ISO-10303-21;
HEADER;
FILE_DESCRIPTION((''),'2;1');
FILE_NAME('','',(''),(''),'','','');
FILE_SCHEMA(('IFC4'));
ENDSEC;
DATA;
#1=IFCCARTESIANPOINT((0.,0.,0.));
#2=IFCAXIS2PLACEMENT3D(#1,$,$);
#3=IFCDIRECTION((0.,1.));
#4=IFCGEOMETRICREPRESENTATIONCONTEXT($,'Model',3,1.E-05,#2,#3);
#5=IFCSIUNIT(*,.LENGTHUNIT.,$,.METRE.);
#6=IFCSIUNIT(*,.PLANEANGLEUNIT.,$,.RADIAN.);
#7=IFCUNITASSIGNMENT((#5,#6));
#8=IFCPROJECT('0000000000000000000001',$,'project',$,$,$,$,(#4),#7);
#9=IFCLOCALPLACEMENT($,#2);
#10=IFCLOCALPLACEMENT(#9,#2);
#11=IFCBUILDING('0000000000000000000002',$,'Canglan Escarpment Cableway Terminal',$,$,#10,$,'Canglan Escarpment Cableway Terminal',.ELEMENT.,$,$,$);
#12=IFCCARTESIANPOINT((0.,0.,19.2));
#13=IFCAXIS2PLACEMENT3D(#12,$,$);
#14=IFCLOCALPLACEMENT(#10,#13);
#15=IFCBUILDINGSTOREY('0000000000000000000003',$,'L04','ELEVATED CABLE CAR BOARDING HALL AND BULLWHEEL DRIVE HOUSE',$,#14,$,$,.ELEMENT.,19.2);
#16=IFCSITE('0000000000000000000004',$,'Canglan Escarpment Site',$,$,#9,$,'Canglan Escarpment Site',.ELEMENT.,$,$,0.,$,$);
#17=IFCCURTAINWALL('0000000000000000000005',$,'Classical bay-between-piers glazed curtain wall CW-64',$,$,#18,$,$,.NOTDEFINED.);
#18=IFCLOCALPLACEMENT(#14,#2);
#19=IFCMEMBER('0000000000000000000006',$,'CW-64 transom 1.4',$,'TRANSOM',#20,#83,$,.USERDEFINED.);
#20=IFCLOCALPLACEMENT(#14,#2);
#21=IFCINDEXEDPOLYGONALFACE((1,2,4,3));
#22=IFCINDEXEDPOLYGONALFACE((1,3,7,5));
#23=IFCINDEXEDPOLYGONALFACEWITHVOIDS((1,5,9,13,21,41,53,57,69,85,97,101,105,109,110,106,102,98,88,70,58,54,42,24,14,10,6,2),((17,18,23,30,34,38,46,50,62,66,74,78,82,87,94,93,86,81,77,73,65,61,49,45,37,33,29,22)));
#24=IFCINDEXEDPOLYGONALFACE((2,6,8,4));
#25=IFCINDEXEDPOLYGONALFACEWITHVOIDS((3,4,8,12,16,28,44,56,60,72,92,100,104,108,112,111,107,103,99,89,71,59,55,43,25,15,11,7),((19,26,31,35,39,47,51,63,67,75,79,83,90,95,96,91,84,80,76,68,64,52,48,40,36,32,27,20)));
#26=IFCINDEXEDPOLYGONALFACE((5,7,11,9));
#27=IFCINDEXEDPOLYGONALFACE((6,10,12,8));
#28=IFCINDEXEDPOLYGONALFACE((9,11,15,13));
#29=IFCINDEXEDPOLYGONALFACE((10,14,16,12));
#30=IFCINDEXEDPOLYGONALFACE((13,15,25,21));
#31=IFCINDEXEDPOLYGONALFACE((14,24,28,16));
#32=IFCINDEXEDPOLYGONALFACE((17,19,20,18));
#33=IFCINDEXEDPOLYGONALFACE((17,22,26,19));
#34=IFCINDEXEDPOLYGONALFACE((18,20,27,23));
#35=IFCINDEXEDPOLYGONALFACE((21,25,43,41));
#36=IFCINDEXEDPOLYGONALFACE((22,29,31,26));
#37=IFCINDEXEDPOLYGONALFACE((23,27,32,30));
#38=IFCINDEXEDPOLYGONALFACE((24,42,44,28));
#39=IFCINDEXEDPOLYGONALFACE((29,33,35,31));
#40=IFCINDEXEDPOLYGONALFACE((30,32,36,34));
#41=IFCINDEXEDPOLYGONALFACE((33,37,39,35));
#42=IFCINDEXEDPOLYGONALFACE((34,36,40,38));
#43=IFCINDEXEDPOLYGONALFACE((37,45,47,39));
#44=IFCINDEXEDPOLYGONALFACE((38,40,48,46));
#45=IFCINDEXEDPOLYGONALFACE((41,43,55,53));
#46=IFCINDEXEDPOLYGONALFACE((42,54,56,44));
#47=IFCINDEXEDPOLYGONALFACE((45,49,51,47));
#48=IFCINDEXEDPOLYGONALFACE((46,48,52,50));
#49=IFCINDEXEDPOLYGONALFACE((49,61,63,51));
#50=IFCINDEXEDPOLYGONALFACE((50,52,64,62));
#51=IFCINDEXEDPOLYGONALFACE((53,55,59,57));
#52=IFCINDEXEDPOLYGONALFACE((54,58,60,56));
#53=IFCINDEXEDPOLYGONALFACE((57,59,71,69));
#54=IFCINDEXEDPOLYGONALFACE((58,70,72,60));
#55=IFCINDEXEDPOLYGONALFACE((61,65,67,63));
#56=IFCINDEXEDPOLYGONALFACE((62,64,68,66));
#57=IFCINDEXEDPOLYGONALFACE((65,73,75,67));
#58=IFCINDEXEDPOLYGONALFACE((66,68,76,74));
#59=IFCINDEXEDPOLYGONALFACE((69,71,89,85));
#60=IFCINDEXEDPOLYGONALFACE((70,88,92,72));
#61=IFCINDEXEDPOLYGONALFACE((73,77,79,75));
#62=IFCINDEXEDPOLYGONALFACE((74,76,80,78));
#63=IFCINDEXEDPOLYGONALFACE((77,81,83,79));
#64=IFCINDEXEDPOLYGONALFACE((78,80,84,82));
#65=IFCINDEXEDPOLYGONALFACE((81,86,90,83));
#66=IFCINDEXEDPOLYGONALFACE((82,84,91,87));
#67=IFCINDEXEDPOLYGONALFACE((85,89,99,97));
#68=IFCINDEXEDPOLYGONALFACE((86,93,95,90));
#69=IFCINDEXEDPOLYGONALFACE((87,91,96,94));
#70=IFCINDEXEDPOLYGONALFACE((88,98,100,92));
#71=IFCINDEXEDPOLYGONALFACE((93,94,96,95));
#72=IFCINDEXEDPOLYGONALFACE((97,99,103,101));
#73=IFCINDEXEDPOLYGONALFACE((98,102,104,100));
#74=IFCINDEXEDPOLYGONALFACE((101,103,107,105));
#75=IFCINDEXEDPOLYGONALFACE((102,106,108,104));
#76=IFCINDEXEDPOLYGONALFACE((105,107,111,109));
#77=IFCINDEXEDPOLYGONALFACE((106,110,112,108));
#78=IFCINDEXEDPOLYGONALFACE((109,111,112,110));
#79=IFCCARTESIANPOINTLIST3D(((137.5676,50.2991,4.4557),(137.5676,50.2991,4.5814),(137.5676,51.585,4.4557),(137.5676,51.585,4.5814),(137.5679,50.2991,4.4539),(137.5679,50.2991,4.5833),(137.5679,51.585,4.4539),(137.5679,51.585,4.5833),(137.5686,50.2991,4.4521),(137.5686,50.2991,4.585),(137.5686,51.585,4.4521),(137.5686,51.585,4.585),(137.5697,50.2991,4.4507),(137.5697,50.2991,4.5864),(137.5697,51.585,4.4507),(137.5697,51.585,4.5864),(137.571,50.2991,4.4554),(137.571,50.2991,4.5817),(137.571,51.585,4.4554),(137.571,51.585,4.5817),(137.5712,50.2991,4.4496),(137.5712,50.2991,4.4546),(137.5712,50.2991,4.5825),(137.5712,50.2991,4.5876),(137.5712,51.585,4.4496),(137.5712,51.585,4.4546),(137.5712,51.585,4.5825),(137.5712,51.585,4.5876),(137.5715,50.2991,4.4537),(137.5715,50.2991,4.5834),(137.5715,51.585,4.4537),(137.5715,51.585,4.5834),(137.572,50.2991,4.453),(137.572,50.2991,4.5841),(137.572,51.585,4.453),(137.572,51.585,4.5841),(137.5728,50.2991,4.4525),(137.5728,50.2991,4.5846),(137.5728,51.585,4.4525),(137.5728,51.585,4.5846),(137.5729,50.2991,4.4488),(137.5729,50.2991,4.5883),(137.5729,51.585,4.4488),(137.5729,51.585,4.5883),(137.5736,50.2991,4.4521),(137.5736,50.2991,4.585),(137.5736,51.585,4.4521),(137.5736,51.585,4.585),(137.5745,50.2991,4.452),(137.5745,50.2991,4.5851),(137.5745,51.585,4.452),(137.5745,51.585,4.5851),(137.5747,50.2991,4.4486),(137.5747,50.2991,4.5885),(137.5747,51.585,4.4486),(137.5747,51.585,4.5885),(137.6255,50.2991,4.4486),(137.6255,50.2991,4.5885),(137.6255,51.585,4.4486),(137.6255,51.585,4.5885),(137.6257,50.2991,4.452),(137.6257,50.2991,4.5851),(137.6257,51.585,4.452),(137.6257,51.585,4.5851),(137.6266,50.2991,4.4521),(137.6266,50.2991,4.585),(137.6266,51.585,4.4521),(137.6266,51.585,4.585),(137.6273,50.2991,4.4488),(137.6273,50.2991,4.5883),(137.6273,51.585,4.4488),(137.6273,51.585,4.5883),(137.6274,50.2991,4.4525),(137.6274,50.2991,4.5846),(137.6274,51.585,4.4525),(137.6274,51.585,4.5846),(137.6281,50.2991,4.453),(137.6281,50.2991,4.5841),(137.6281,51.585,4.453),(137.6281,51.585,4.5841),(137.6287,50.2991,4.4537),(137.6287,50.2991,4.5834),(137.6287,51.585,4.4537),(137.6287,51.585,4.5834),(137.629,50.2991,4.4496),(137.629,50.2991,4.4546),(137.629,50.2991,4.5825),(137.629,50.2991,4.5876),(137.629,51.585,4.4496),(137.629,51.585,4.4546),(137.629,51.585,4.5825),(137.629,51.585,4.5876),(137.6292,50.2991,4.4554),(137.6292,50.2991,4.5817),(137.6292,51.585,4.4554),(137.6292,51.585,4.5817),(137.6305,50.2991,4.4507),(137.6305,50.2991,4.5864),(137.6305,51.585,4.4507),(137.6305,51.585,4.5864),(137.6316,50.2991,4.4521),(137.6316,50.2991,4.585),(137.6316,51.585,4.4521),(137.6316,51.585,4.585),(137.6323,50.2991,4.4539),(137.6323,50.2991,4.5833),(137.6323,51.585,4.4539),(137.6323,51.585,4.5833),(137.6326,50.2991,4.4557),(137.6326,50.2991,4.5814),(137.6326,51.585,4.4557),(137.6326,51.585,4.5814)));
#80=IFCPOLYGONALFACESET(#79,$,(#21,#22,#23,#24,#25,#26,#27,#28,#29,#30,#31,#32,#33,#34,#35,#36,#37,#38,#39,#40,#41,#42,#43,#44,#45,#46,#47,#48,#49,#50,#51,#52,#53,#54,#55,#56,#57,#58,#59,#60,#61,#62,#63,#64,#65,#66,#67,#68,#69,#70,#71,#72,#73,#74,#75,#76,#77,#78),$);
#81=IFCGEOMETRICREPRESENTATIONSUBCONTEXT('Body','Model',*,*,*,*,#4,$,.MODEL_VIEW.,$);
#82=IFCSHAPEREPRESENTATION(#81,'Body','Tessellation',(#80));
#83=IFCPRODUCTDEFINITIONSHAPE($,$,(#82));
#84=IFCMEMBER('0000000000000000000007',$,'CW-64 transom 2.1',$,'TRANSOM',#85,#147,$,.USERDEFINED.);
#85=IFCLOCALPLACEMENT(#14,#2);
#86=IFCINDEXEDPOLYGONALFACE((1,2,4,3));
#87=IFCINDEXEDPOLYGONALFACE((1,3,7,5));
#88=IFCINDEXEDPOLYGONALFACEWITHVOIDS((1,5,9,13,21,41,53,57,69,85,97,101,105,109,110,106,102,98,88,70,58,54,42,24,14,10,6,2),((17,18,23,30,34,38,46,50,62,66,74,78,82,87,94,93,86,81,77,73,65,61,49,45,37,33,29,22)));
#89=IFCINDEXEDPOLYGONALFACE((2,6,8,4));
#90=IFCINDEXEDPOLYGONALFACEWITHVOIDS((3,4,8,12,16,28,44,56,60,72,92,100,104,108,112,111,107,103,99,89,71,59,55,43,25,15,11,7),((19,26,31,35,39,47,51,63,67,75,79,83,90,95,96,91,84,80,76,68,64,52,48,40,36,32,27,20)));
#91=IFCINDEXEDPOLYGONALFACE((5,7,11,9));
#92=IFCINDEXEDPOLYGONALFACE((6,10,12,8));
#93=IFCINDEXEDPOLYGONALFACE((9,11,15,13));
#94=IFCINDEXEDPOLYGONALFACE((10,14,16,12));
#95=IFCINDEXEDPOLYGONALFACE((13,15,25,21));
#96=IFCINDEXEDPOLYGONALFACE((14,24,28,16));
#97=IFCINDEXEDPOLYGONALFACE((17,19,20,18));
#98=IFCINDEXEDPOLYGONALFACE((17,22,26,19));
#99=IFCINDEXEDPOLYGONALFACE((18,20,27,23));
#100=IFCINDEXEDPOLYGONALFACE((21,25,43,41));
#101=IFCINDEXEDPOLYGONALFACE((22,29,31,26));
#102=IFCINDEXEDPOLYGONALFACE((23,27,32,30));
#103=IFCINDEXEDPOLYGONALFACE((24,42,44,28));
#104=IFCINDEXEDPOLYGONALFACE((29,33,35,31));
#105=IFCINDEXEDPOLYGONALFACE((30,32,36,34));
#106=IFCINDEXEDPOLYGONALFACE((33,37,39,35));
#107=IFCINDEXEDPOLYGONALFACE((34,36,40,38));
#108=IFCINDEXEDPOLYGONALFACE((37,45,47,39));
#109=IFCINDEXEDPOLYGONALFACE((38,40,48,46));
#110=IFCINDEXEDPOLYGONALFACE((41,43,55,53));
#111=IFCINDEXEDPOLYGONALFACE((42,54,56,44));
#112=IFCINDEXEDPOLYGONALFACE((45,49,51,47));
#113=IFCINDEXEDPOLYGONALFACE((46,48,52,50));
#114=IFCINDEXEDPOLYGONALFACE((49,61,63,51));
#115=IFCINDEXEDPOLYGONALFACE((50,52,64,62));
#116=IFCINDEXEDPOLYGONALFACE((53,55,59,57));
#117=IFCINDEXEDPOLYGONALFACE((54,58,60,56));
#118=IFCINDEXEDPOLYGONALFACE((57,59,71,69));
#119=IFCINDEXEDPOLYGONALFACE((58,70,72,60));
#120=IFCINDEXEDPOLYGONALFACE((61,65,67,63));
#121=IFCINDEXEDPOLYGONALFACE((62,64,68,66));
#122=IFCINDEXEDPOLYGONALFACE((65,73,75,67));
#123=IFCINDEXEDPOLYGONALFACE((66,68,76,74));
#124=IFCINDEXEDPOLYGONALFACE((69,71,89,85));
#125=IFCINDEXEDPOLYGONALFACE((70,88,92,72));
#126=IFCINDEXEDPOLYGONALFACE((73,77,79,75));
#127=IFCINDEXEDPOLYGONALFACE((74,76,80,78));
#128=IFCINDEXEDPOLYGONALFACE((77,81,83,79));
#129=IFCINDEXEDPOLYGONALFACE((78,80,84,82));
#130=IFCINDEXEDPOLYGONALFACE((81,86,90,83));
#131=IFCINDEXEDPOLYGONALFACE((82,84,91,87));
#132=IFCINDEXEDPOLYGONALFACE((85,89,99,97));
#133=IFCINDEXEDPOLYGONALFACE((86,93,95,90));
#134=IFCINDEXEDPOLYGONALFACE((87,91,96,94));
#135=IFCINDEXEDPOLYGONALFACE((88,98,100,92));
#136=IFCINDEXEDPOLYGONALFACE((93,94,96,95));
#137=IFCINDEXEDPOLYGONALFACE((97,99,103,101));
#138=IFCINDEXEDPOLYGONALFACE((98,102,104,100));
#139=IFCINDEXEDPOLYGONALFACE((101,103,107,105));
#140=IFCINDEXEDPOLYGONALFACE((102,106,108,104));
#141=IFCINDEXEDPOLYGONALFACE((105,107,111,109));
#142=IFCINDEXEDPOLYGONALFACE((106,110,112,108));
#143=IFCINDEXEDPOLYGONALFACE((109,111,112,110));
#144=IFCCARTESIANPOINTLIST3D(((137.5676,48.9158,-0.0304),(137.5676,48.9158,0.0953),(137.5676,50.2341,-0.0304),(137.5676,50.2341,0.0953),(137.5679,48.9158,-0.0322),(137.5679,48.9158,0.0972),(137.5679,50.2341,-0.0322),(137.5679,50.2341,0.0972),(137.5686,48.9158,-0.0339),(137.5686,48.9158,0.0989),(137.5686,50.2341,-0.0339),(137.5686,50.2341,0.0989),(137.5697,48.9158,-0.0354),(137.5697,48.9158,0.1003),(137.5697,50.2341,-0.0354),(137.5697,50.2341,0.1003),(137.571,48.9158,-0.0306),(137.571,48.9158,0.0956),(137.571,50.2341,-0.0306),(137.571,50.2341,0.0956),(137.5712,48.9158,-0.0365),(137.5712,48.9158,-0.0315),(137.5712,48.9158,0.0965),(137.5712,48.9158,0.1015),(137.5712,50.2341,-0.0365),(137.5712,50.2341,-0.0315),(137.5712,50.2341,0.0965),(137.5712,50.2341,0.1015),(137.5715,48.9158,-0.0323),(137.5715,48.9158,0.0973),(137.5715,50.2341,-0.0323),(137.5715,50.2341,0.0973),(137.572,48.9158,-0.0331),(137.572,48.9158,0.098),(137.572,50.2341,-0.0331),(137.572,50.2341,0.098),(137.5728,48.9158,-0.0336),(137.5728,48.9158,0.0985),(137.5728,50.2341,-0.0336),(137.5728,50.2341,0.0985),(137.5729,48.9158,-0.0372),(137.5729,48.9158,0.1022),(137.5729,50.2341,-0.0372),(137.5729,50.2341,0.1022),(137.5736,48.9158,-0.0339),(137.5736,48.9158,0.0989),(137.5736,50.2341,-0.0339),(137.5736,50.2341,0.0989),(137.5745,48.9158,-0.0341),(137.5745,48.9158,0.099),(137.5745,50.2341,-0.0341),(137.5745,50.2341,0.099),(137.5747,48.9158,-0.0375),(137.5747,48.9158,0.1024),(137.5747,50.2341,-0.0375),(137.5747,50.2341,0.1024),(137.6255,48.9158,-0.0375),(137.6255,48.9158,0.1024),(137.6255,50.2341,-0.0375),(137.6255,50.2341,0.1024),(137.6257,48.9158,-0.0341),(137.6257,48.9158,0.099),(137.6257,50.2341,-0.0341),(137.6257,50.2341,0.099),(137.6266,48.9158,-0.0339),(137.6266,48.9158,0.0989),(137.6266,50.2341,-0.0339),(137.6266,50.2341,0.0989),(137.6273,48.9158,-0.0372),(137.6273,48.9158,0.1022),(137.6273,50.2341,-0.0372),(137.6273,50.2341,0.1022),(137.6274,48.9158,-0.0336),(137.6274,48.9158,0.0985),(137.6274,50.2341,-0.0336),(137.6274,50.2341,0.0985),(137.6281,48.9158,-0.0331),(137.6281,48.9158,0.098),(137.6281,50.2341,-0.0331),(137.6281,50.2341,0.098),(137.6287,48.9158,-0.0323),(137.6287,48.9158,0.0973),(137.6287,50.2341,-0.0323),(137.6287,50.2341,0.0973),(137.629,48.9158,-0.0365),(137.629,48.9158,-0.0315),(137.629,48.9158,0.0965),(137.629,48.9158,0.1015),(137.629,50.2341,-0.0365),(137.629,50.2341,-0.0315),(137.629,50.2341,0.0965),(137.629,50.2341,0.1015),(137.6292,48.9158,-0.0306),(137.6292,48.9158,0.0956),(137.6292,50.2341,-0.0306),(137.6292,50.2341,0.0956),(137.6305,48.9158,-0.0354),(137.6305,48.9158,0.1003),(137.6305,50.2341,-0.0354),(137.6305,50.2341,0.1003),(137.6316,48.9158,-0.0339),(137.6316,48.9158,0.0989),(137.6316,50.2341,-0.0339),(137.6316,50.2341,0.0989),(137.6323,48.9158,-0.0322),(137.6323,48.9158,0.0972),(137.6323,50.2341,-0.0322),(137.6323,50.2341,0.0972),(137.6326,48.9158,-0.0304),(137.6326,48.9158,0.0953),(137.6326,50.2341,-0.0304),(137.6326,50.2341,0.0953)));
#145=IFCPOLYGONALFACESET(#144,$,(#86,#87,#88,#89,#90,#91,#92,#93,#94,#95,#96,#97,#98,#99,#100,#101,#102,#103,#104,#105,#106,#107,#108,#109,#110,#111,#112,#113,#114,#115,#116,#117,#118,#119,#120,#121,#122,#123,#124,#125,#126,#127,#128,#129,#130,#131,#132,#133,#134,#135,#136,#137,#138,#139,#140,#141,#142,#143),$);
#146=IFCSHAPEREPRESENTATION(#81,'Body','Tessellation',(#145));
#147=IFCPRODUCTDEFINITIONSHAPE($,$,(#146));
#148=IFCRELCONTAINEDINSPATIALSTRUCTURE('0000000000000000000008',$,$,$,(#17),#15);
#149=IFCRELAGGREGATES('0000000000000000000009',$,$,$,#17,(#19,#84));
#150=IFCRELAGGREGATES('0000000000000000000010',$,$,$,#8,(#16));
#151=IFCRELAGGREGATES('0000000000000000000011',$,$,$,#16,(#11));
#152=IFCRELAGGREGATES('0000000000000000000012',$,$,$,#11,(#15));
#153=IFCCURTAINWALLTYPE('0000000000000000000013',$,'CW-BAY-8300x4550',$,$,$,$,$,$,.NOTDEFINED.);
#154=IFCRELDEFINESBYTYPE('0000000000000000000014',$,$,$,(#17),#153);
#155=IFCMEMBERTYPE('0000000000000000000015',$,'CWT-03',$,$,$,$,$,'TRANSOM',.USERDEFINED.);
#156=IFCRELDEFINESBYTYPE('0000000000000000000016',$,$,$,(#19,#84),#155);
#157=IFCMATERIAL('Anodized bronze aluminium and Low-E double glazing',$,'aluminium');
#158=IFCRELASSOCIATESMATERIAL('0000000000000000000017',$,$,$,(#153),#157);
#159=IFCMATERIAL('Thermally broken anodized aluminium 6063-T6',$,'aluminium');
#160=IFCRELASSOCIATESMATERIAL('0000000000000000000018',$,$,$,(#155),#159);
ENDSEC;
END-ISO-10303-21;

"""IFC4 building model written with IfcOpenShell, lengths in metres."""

from ifc_helpers import new_model, si_unit, direction, frame, origin, origin_2d, place, context, subcontext, project, spatial, hollow_rectangle, extrude, material, material_profile, profile_set, type_object, element, aggregate, save


model = new_model("IFC4")

# Units and contexts
model_context = context("Model", 3, precision=1e-05, world=origin(), true_north=direction((0.0, 1.0)))
body_context = subcontext(model_context, "Body", "Model", "MODEL_VIEW")
ifc_project = project(units=[si_unit("LENGTHUNIT", "METRE"), si_unit("PLANEANGLEUNIT", "RADIAN")], contexts=[model_context])

# Site, building, storey
site_placement = place(None, origin())
site = spatial("IfcSite", under=ifc_project, at=site_placement, Name="Canglan Escarpment Site", LongName="Canglan Escarpment Site", CompositionType="ELEMENT", RefElevation=0.0)
building_placement = place(site_placement, origin())
building = spatial("IfcBuilding", under=site, at=building_placement, Name="Canglan Escarpment Cableway Terminal", LongName="Canglan Escarpment Cableway Terminal", CompositionType="ELEMENT")
storey_placement = place(building_placement, frame((0.0, 0.0, 19.2)))
storey = spatial("IfcBuildingStorey", under=building, at=storey_placement, Name="L04", Description="ELEVATED CABLE CAR BOARDING HALL AND BULLWHEEL DRIVE HOUSE", CompositionType="ELEMENT", Elevation=19.2)

# Shared definitions
ifc_material_1 = material(Name="Anodized bronze aluminium and Low-E double glazing", Category="aluminium")
curtain_wall_type = type_object("IfcCurtainWallType", Name="CW-BAY-8300x4550", PredefinedType="NOTDEFINED", material=ifc_material_1)
ifc_material_2 = material(Name="Thermally broken anodized aluminium 6063-T6", Category="aluminium")

# Curtain wall
curtain_wall_1_placement = place(storey_placement, origin())
curtain_wall_1 = element("IfcCurtainWall", 1, at=curtain_wall_1_placement, inside=storey, type_object=curtain_wall_type, Name="Classical bay-between-piers glazed curtain wall CW-64", PredefinedType="NOTDEFINED")

# Members
ifc_material_profile_1 = material_profile(ifc_material_2, hollow_rectangle(XDim=0.0649, YDim=0.1399, WallThickness=0.0034, InnerFilletRadius=0.0034, OuterFilletRadius=0.0071, at=origin_2d()), Name="ALU-TRAN 65x140x3.5")
ifc_profile_set_1 = profile_set([ifc_material_profile_1], Name="Thermally broken anodized aluminium 6063-T6")
member_type_1 = type_object("IfcMemberType", Name="CWT-03", ElementType="TRANSOM", PredefinedType="USERDEFINED", material=ifc_profile_set_1)
member_1_placement = place(storey_placement, frame((137.6001, 51.585, 4.5186), z_axis=(0.0, -1.0, 0.0), x_axis=(1.0, 0.0, 0.0)))
member_1 = element("IfcMember", 2, at=member_1_placement, type_object=member_type_1, Name="CW-64 transom 1.4", ObjectType="TRANSOM", PredefinedType="USERDEFINED", context=body_context, shape_type="SweptSolid", body=[
    extrude(hollow_rectangle(XDim=0.0649, YDim=0.1399, WallThickness=0.0034, InnerFilletRadius=0.0034, OuterFilletRadius=0.0071, at=origin_2d()), origin(), (0.0, 0.0, 1.0), 1.2859),
])
member_2_placement = place(storey_placement, frame((137.6001, 50.2341, 0.0325), z_axis=(0.0, -1.0, 0.0), x_axis=(1.0, 0.0, 0.0)))
member_2 = element("IfcMember", 3, at=member_2_placement, type_object=member_type_1, Name="CW-64 transom 2.1", ObjectType="TRANSOM", PredefinedType="USERDEFINED", context=body_context, shape_type="SweptSolid", body=[
    extrude(hollow_rectangle(XDim=0.0649, YDim=0.1399, WallThickness=0.0034, InnerFilletRadius=0.0034, OuterFilletRadius=0.0071, at=origin_2d()), origin(), (0.0, 0.0, 1.0), 1.3184),
])

aggregate(curtain_wall_1, [member_1, member_2])

save(model, "model.ifc")
